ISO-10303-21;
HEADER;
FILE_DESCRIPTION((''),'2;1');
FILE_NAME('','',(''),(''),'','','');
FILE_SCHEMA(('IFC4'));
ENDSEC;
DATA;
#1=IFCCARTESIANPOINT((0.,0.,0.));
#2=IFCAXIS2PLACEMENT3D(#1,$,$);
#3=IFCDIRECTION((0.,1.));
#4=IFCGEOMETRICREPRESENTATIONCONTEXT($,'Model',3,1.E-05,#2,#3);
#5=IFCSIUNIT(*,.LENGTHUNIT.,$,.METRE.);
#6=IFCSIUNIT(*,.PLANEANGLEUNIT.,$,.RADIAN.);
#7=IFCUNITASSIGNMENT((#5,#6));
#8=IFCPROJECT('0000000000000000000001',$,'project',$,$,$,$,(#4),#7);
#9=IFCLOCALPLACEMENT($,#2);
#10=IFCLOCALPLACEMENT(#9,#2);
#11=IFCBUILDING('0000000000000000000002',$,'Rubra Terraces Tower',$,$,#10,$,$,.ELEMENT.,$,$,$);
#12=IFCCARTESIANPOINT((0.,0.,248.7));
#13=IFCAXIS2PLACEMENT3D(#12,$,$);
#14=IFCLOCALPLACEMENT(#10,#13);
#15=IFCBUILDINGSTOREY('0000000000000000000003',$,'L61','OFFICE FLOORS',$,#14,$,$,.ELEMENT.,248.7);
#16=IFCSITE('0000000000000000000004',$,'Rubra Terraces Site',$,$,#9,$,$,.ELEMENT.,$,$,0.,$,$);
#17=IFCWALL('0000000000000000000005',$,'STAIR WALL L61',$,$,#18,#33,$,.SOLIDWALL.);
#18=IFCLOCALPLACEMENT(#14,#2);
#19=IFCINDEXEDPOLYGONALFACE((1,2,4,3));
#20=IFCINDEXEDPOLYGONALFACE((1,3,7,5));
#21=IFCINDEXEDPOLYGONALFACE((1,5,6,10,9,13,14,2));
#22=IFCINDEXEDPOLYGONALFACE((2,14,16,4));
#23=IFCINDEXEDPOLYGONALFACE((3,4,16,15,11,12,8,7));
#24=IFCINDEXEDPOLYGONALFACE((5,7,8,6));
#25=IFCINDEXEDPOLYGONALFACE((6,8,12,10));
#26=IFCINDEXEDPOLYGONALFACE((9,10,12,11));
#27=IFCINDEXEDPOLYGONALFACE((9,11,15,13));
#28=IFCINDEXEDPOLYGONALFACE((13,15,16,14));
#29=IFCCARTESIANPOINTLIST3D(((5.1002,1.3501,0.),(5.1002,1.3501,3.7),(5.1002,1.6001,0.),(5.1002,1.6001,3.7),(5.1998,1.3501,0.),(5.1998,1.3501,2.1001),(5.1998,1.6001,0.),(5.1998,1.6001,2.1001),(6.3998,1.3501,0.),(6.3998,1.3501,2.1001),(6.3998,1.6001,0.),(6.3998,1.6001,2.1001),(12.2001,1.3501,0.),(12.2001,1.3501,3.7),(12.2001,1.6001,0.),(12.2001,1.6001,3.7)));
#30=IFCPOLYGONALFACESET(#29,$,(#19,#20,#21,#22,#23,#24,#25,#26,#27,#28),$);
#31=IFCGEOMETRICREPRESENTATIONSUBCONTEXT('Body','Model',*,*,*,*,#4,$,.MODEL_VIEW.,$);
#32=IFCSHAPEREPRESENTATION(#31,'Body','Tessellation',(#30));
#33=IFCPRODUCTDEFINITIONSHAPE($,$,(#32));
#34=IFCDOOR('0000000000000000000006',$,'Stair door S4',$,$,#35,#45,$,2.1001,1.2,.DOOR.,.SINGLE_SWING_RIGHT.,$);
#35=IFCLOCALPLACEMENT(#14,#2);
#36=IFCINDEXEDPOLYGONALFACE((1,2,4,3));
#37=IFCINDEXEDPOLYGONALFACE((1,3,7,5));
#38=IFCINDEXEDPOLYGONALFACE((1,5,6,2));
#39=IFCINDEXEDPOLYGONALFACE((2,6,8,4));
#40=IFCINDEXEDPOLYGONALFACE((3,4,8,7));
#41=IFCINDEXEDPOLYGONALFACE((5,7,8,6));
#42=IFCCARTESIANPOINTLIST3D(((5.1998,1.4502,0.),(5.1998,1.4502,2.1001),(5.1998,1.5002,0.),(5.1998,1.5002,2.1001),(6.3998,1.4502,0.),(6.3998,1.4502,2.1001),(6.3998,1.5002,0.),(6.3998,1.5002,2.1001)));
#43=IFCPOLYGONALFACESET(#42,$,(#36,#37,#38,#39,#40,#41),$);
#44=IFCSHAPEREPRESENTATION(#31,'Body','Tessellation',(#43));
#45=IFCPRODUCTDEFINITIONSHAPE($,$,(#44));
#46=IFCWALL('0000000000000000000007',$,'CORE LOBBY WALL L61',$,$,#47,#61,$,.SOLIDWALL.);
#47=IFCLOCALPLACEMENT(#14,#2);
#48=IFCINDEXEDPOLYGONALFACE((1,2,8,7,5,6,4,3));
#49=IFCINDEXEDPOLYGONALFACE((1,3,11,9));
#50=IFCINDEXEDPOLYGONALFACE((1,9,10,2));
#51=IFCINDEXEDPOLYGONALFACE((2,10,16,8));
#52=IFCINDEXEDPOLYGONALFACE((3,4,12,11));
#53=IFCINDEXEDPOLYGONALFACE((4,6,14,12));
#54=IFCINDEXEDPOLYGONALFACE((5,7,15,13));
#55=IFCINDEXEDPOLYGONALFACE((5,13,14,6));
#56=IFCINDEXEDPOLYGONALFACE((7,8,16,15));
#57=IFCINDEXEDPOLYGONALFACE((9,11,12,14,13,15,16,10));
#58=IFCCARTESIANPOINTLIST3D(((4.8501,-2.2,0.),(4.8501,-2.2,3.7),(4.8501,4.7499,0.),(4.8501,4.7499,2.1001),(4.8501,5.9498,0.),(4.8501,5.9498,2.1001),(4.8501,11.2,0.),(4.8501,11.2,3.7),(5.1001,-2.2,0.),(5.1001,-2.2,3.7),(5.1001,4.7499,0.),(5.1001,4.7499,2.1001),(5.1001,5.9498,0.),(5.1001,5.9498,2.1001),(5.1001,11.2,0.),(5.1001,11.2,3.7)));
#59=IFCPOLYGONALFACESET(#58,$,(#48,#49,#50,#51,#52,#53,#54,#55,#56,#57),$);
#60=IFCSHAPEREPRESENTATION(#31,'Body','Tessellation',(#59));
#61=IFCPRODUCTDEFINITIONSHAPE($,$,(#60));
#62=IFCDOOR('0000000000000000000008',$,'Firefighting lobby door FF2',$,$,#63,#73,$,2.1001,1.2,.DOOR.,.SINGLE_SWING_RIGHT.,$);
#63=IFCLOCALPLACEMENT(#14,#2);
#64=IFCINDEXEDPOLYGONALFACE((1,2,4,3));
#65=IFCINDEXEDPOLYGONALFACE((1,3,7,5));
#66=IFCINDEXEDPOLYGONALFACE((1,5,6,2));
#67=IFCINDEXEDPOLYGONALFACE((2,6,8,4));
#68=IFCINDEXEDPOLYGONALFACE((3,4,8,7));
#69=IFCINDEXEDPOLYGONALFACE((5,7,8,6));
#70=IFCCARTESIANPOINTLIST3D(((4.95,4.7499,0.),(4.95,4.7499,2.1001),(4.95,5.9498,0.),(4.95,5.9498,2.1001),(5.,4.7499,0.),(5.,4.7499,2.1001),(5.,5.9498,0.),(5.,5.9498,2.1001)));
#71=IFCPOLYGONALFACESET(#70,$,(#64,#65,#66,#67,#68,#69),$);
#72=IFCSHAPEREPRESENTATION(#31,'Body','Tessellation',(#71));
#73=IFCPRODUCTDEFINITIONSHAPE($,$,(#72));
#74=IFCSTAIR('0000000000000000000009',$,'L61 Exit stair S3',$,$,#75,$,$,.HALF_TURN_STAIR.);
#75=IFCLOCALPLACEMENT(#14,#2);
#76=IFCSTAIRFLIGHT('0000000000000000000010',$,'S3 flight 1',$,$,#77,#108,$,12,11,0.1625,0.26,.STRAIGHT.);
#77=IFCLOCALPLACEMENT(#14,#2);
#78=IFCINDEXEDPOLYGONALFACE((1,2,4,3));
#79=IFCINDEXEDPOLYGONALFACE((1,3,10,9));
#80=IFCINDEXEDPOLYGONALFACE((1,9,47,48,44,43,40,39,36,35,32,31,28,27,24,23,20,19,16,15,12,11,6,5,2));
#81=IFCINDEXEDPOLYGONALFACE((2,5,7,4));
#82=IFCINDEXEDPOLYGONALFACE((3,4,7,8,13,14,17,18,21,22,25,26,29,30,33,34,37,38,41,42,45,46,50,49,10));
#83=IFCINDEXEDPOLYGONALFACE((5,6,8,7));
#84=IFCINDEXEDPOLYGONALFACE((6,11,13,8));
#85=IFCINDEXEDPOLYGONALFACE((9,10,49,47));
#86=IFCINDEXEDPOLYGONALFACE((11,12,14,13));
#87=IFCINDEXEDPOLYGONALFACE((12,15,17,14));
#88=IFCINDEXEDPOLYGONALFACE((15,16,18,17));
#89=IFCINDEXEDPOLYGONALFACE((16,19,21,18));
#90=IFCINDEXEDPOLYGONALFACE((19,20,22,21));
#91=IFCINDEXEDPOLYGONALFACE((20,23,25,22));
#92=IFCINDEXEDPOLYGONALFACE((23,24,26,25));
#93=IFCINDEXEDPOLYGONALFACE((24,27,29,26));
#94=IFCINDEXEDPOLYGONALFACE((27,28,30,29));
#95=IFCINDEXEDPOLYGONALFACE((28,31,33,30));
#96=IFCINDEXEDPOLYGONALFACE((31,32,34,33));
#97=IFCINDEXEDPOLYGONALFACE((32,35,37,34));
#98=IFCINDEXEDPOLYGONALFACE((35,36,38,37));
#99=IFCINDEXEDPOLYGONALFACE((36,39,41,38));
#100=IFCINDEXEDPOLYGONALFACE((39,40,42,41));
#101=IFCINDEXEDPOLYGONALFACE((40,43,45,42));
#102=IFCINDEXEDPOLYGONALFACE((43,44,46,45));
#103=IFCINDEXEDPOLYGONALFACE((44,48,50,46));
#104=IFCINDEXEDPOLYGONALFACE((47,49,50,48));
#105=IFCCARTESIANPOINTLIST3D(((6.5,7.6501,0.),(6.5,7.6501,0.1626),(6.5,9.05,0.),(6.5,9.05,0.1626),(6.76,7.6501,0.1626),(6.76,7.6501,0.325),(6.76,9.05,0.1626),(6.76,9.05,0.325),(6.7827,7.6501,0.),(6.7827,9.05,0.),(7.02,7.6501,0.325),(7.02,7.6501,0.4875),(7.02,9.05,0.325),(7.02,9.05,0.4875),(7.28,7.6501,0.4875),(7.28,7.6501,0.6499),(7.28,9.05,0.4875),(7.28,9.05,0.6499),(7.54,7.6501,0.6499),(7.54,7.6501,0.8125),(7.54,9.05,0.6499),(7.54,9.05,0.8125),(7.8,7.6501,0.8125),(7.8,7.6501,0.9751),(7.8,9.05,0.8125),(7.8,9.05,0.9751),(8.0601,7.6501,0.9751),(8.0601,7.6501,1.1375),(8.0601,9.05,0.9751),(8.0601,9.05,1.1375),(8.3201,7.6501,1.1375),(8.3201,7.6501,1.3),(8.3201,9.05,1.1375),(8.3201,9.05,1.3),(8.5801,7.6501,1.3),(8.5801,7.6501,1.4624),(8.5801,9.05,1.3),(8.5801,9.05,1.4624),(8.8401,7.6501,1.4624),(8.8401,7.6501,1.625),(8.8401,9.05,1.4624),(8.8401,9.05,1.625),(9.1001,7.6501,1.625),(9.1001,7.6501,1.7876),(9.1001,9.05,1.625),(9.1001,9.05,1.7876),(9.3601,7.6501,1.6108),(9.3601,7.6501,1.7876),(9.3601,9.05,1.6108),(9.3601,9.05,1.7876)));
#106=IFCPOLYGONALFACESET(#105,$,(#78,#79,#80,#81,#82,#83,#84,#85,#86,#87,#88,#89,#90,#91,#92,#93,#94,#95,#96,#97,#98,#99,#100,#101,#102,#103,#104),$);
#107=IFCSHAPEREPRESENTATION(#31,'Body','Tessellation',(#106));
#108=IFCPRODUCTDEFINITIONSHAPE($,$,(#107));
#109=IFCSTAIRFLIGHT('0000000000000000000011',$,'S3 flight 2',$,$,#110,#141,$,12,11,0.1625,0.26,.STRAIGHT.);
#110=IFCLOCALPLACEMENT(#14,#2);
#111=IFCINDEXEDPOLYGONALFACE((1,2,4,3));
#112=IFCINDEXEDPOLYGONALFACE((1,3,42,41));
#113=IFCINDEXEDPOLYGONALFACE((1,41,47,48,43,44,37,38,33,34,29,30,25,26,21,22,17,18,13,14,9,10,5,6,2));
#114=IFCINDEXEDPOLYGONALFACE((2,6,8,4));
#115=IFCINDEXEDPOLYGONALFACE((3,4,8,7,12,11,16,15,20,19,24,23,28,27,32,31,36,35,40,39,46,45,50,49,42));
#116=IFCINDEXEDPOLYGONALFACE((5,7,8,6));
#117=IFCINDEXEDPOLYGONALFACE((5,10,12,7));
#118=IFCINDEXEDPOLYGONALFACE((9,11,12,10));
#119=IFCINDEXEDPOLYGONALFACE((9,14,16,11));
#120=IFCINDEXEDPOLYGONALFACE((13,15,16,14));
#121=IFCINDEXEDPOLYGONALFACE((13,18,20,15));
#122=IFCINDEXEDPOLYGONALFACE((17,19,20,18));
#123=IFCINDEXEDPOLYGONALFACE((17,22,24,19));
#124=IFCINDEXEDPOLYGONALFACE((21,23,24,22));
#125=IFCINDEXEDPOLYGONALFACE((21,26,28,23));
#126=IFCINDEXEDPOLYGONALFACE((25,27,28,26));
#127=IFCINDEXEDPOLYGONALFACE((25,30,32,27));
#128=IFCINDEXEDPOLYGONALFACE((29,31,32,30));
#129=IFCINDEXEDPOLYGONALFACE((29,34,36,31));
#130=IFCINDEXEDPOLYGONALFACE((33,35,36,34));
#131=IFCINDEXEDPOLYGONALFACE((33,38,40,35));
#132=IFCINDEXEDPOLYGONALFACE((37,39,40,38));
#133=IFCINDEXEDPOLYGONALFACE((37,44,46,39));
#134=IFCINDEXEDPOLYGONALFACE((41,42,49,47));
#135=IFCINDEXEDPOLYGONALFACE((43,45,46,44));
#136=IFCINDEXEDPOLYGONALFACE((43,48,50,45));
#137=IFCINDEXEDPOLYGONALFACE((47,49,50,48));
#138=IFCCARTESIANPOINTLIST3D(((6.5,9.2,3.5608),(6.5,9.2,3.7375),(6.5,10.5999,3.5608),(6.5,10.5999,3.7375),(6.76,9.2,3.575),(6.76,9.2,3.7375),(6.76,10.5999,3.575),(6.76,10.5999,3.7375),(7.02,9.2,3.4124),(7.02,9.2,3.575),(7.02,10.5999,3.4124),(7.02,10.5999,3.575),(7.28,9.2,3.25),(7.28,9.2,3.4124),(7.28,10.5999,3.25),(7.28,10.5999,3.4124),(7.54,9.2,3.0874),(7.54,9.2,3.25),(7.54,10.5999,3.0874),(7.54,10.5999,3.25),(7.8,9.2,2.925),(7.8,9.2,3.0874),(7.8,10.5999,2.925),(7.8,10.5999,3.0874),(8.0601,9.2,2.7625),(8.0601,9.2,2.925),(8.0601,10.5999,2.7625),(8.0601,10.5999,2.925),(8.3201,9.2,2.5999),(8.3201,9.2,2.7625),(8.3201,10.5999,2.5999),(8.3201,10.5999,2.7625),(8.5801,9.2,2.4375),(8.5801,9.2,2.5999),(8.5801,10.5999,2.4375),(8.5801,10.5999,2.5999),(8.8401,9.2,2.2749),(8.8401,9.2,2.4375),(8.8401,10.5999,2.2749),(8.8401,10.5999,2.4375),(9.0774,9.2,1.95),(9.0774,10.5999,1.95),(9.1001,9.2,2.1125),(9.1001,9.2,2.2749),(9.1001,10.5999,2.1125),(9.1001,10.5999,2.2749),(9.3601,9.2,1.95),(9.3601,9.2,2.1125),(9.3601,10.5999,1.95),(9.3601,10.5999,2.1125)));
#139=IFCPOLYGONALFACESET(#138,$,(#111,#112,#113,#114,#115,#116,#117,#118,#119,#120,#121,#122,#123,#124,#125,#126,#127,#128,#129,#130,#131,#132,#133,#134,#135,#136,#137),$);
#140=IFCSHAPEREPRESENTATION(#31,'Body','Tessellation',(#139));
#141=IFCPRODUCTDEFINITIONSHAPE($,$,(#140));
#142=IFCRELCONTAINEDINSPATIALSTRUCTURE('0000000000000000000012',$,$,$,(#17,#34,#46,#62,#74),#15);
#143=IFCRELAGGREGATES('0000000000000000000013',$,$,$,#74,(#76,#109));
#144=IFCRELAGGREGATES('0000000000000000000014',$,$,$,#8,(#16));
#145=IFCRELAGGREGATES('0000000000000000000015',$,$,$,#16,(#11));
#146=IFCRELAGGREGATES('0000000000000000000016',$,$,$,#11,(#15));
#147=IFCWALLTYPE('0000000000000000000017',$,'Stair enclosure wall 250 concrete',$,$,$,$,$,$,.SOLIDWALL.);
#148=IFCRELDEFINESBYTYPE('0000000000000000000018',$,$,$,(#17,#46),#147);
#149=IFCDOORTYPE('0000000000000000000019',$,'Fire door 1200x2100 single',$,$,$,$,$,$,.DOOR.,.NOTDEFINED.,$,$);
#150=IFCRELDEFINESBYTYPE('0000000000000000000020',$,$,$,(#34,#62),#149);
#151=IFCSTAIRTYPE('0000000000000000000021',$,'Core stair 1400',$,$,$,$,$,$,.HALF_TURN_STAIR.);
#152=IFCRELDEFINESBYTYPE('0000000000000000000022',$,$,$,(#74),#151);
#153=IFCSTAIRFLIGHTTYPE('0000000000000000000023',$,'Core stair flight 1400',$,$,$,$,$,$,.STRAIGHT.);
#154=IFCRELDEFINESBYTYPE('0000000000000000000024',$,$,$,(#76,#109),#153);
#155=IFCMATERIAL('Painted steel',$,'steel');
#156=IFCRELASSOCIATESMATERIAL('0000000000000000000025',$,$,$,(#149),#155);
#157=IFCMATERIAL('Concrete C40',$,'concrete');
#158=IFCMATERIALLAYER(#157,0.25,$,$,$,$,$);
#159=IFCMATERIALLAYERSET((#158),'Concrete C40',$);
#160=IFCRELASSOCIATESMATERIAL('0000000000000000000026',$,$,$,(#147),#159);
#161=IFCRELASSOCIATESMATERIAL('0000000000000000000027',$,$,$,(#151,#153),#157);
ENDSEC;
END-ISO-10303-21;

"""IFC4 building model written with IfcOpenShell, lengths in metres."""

from ifc_helpers import new_model, si_unit, direction, frame, frame_2d, origin, place, context, subcontext, project, spatial, polyline, rectangle, outline, extrude, material, layer, layer_set, type_object, element, fill, aggregate, save


model = new_model("IFC4")

# Units and contexts
model_context = context("Model", 3, precision=1e-05, world=origin(), true_north=direction((0.0, 1.0)))
body_context = subcontext(model_context, "Body", "Model", "MODEL_VIEW")
ifc_project = project(units=[si_unit("LENGTHUNIT", "METRE"), si_unit("PLANEANGLEUNIT", "RADIAN")], contexts=[model_context])

# Site, building, storey
site_placement = place(None, origin())
site = spatial("IfcSite", under=ifc_project, at=site_placement, Name="Rubra Terraces Site", CompositionType="ELEMENT", RefElevation=0.0)
building_placement = place(site_placement, origin())
building = spatial("IfcBuilding", under=site, at=building_placement, Name="Rubra Terraces Tower", CompositionType="ELEMENT")
storey_placement = place(building_placement, frame((0.0, 0.0, 248.7)))
storey = spatial("IfcBuildingStorey", under=building, at=storey_placement, Name="L61", Description="OFFICE FLOORS", CompositionType="ELEMENT", Elevation=248.7)

# Shared definitions
ifc_material_1 = material(Name="Concrete C40", Category="concrete")

# Shared definitions
ifc_material_2 = material(Name="Painted steel", Category="steel")
door_type_1 = type_object("IfcDoorType", Name="Fire door 1200x2100 single", OperationType="NOTDEFINED", PredefinedType="DOOR", material=ifc_material_2)

# Walls, openings, doors
ifc_layer_1 = layer(ifc_material_1, 0.25)
ifc_layer_set_1 = layer_set([ifc_layer_1], Name="Concrete C40")
wall_type_1 = type_object("IfcWallType", Name="Stair enclosure wall 250 concrete", PredefinedType="SOLIDWALL", material=ifc_layer_set_1)
wall_1_placement = place(storey_placement, frame((12.2, 1.4751, 0.0), z_axis=(0.0, 0.0, 1.0), x_axis=(-1.0, 0.0, 0.0)))
wall_1 = element("IfcWall", 1, at=wall_1_placement, inside=storey, type_object=wall_type_1, Name="STAIR WALL L61", PredefinedType="SOLIDWALL", context=body_context, shape_type="SweptSolid", body=[
    extrude(rectangle(XDim=7.0999, YDim=0.25, at=frame_2d((3.5498, 0.0))), origin(), (0.0, 0.0, 1.0), 3.7),
])
opening_1_placement = place(wall_1_placement, frame((5.8, 0.0, 0.0)))
opening_1 = element("IfcOpeningElement", 2, at=opening_1_placement, cuts=wall_1, PredefinedType="OPENING", context=body_context, shape_type="SweptSolid", body=[
    extrude(rectangle(XDim=1.2, YDim=2.1001, at=frame_2d((0.6001, 1.05))), frame((0.0, 0.135, 0.0), z_axis=(0.0, -1.0, 0.0), x_axis=(1.0, 0.0, 0.0)), (0.0, 0.0, 1.0), 0.27),
])
door_1_placement = place(opening_1_placement, origin())
door_1 = element("IfcDoor", 3, at=door_1_placement, inside=storey, type_object=door_type_1, Name="Stair door S4", OperationType="SINGLE_SWING_RIGHT", OverallHeight=2.1001, OverallWidth=1.2, PredefinedType="DOOR", context=body_context, shape_type="SweptSolid", body=[
    extrude(rectangle(XDim=1.2, YDim=2.1001, at=frame_2d((0.6001, 1.05))), frame((0.0, 0.0249, 0.0), z_axis=(0.0, -1.0, 0.0), x_axis=(1.0, 0.0, 0.0)), (0.0, 0.0, 1.0), 0.05),
])
fill(opening_1, door_1)
wall_2_placement = place(storey_placement, frame((4.9751, 11.2, 0.0), z_axis=(0.0, 0.0, 1.0), x_axis=(0.0, -1.0, 0.0)))
wall_2 = element("IfcWall", 4, at=wall_2_placement, inside=storey, type_object=wall_type_1, Name="CORE LOBBY WALL L61", PredefinedType="SOLIDWALL", context=body_context, shape_type="SweptSolid", body=[
    extrude(rectangle(XDim=13.3999, YDim=0.25, at=frame_2d((6.7, 0.0))), origin(), (0.0, 0.0, 1.0), 3.7),
])
opening_2_placement = place(wall_2_placement, frame((5.25, 0.0, 0.0)))
opening_2 = element("IfcOpeningElement", 5, at=opening_2_placement, cuts=wall_2, PredefinedType="OPENING", context=body_context, shape_type="SweptSolid", body=[
    extrude(rectangle(XDim=1.2, YDim=2.1001, at=frame_2d((0.6001, 1.05))), frame((0.0, 0.135, 0.0), z_axis=(0.0, -1.0, 0.0), x_axis=(1.0, 0.0, 0.0)), (0.0, 0.0, 1.0), 0.27),
])
door_2_placement = place(opening_2_placement, origin())
door_2 = element("IfcDoor", 6, at=door_2_placement, inside=storey, type_object=door_type_1, Name="Firefighting lobby door FF2", OperationType="SINGLE_SWING_RIGHT", OverallHeight=2.1001, OverallWidth=1.2, PredefinedType="DOOR", context=body_context, shape_type="SweptSolid", body=[
    extrude(rectangle(XDim=1.2, YDim=2.1001, at=frame_2d((0.6001, 1.05))), frame((0.0, 0.0249, 0.0), z_axis=(0.0, -1.0, 0.0), x_axis=(1.0, 0.0, 0.0)), (0.0, 0.0, 1.0), 0.05),
])
fill(opening_2, door_2)

# Stair, stair flights
stair_type = type_object("IfcStairType", Name="Core stair 1400", PredefinedType="HALF_TURN_STAIR", material=ifc_material_1)
stair_placement = place(storey_placement, origin())
stair = element("IfcStair", 7, at=stair_placement, inside=storey, type_object=stair_type, Name="L61 Exit stair S3", PredefinedType="HALF_TURN_STAIR")
stair_flight_type = type_object("IfcStairFlightType", Name="Core stair flight 1400", PredefinedType="STRAIGHT", material=ifc_material_1)
stair_flight_1_placement = place(storey_placement, frame((6.5, 8.3501, 0.0), z_axis=(0.0, 0.0, 1.0), x_axis=(1.0, 0.0, 0.0)))
stair_flight_1 = element("IfcStairFlight", 8, at=stair_flight_1_placement, type_object=stair_flight_type, Name="S3 flight 1", NumberOfRisers=12, NumberOfTreads=11, PredefinedType="STRAIGHT", RiserHeight=0.1625, TreadLength=0.26, context=body_context, shape_type="SweptSolid", body=[
    extrude(outline(polyline([(0.0, 0.0), (0.0, 0.1626), (0.26, 0.1626), (0.26, 0.325), (0.52, 0.325), (0.52, 0.4875), (0.78, 0.4875), (0.78, 0.6499), (1.04, 0.6499), (1.04, 0.8125), (1.3, 0.8125), (1.3, 0.9751), (1.5601, 0.9751), (1.5601, 1.1375), (1.8201, 1.1375), (1.8201, 1.3), (2.0801, 1.3), (2.0801, 1.4624), (2.3401, 1.4624), (2.3401, 1.625), (2.6001, 1.625), (2.6001, 1.7876), (2.8601, 1.7876), (2.8601, 1.95), (2.8601, 1.6108), (0.2827, 0.0), (0.0, 0.0)])), frame((0.0, 0.7, 0.0), z_axis=(0.0, -1.0, 0.0), x_axis=(1.0, 0.0, 0.0)), (0.0, 0.0, 1.0), 1.3999),
])
stair_flight_2_placement = place(storey_placement, frame((9.3601, 9.8999, 1.95), z_axis=(0.0, 0.0, 1.0), x_axis=(-1.0, 0.0, 0.0)))
stair_flight_2 = element("IfcStairFlight", 9, at=stair_flight_2_placement, type_object=stair_flight_type, Name="S3 flight 2", NumberOfRisers=12, NumberOfTreads=11, PredefinedType="STRAIGHT", RiserHeight=0.1625, TreadLength=0.26, context=body_context, shape_type="SweptSolid", body=[
    extrude(outline(polyline([(0.0, 0.0), (0.0, 0.1626), (0.26, 0.1626), (0.26, 0.325), (0.52, 0.325), (0.52, 0.4875), (0.78, 0.4875), (0.78, 0.6499), (1.04, 0.6499), (1.04, 0.8125), (1.3, 0.8125), (1.3, 0.9751), (1.5601, 0.9751), (1.5601, 1.1375), (1.8201, 1.1375), (1.8201, 1.3), (2.0801, 1.3), (2.0801, 1.4624), (2.3401, 1.4624), (2.3401, 1.625), (2.6001, 1.625), (2.6001, 1.7876), (2.8601, 1.7876), (2.8601, 1.95), (2.8601, 1.6108), (0.2827, 0.0), (0.0, 0.0)])), frame((0.0, 0.7, 0.0), z_axis=(0.0, -1.0, 0.0), x_axis=(1.0, 0.0, 0.0)), (0.0, 0.0, 1.0), 1.3999),
])
aggregate(stair, [stair_flight_1, stair_flight_2])

save(model, "model.ifc")
